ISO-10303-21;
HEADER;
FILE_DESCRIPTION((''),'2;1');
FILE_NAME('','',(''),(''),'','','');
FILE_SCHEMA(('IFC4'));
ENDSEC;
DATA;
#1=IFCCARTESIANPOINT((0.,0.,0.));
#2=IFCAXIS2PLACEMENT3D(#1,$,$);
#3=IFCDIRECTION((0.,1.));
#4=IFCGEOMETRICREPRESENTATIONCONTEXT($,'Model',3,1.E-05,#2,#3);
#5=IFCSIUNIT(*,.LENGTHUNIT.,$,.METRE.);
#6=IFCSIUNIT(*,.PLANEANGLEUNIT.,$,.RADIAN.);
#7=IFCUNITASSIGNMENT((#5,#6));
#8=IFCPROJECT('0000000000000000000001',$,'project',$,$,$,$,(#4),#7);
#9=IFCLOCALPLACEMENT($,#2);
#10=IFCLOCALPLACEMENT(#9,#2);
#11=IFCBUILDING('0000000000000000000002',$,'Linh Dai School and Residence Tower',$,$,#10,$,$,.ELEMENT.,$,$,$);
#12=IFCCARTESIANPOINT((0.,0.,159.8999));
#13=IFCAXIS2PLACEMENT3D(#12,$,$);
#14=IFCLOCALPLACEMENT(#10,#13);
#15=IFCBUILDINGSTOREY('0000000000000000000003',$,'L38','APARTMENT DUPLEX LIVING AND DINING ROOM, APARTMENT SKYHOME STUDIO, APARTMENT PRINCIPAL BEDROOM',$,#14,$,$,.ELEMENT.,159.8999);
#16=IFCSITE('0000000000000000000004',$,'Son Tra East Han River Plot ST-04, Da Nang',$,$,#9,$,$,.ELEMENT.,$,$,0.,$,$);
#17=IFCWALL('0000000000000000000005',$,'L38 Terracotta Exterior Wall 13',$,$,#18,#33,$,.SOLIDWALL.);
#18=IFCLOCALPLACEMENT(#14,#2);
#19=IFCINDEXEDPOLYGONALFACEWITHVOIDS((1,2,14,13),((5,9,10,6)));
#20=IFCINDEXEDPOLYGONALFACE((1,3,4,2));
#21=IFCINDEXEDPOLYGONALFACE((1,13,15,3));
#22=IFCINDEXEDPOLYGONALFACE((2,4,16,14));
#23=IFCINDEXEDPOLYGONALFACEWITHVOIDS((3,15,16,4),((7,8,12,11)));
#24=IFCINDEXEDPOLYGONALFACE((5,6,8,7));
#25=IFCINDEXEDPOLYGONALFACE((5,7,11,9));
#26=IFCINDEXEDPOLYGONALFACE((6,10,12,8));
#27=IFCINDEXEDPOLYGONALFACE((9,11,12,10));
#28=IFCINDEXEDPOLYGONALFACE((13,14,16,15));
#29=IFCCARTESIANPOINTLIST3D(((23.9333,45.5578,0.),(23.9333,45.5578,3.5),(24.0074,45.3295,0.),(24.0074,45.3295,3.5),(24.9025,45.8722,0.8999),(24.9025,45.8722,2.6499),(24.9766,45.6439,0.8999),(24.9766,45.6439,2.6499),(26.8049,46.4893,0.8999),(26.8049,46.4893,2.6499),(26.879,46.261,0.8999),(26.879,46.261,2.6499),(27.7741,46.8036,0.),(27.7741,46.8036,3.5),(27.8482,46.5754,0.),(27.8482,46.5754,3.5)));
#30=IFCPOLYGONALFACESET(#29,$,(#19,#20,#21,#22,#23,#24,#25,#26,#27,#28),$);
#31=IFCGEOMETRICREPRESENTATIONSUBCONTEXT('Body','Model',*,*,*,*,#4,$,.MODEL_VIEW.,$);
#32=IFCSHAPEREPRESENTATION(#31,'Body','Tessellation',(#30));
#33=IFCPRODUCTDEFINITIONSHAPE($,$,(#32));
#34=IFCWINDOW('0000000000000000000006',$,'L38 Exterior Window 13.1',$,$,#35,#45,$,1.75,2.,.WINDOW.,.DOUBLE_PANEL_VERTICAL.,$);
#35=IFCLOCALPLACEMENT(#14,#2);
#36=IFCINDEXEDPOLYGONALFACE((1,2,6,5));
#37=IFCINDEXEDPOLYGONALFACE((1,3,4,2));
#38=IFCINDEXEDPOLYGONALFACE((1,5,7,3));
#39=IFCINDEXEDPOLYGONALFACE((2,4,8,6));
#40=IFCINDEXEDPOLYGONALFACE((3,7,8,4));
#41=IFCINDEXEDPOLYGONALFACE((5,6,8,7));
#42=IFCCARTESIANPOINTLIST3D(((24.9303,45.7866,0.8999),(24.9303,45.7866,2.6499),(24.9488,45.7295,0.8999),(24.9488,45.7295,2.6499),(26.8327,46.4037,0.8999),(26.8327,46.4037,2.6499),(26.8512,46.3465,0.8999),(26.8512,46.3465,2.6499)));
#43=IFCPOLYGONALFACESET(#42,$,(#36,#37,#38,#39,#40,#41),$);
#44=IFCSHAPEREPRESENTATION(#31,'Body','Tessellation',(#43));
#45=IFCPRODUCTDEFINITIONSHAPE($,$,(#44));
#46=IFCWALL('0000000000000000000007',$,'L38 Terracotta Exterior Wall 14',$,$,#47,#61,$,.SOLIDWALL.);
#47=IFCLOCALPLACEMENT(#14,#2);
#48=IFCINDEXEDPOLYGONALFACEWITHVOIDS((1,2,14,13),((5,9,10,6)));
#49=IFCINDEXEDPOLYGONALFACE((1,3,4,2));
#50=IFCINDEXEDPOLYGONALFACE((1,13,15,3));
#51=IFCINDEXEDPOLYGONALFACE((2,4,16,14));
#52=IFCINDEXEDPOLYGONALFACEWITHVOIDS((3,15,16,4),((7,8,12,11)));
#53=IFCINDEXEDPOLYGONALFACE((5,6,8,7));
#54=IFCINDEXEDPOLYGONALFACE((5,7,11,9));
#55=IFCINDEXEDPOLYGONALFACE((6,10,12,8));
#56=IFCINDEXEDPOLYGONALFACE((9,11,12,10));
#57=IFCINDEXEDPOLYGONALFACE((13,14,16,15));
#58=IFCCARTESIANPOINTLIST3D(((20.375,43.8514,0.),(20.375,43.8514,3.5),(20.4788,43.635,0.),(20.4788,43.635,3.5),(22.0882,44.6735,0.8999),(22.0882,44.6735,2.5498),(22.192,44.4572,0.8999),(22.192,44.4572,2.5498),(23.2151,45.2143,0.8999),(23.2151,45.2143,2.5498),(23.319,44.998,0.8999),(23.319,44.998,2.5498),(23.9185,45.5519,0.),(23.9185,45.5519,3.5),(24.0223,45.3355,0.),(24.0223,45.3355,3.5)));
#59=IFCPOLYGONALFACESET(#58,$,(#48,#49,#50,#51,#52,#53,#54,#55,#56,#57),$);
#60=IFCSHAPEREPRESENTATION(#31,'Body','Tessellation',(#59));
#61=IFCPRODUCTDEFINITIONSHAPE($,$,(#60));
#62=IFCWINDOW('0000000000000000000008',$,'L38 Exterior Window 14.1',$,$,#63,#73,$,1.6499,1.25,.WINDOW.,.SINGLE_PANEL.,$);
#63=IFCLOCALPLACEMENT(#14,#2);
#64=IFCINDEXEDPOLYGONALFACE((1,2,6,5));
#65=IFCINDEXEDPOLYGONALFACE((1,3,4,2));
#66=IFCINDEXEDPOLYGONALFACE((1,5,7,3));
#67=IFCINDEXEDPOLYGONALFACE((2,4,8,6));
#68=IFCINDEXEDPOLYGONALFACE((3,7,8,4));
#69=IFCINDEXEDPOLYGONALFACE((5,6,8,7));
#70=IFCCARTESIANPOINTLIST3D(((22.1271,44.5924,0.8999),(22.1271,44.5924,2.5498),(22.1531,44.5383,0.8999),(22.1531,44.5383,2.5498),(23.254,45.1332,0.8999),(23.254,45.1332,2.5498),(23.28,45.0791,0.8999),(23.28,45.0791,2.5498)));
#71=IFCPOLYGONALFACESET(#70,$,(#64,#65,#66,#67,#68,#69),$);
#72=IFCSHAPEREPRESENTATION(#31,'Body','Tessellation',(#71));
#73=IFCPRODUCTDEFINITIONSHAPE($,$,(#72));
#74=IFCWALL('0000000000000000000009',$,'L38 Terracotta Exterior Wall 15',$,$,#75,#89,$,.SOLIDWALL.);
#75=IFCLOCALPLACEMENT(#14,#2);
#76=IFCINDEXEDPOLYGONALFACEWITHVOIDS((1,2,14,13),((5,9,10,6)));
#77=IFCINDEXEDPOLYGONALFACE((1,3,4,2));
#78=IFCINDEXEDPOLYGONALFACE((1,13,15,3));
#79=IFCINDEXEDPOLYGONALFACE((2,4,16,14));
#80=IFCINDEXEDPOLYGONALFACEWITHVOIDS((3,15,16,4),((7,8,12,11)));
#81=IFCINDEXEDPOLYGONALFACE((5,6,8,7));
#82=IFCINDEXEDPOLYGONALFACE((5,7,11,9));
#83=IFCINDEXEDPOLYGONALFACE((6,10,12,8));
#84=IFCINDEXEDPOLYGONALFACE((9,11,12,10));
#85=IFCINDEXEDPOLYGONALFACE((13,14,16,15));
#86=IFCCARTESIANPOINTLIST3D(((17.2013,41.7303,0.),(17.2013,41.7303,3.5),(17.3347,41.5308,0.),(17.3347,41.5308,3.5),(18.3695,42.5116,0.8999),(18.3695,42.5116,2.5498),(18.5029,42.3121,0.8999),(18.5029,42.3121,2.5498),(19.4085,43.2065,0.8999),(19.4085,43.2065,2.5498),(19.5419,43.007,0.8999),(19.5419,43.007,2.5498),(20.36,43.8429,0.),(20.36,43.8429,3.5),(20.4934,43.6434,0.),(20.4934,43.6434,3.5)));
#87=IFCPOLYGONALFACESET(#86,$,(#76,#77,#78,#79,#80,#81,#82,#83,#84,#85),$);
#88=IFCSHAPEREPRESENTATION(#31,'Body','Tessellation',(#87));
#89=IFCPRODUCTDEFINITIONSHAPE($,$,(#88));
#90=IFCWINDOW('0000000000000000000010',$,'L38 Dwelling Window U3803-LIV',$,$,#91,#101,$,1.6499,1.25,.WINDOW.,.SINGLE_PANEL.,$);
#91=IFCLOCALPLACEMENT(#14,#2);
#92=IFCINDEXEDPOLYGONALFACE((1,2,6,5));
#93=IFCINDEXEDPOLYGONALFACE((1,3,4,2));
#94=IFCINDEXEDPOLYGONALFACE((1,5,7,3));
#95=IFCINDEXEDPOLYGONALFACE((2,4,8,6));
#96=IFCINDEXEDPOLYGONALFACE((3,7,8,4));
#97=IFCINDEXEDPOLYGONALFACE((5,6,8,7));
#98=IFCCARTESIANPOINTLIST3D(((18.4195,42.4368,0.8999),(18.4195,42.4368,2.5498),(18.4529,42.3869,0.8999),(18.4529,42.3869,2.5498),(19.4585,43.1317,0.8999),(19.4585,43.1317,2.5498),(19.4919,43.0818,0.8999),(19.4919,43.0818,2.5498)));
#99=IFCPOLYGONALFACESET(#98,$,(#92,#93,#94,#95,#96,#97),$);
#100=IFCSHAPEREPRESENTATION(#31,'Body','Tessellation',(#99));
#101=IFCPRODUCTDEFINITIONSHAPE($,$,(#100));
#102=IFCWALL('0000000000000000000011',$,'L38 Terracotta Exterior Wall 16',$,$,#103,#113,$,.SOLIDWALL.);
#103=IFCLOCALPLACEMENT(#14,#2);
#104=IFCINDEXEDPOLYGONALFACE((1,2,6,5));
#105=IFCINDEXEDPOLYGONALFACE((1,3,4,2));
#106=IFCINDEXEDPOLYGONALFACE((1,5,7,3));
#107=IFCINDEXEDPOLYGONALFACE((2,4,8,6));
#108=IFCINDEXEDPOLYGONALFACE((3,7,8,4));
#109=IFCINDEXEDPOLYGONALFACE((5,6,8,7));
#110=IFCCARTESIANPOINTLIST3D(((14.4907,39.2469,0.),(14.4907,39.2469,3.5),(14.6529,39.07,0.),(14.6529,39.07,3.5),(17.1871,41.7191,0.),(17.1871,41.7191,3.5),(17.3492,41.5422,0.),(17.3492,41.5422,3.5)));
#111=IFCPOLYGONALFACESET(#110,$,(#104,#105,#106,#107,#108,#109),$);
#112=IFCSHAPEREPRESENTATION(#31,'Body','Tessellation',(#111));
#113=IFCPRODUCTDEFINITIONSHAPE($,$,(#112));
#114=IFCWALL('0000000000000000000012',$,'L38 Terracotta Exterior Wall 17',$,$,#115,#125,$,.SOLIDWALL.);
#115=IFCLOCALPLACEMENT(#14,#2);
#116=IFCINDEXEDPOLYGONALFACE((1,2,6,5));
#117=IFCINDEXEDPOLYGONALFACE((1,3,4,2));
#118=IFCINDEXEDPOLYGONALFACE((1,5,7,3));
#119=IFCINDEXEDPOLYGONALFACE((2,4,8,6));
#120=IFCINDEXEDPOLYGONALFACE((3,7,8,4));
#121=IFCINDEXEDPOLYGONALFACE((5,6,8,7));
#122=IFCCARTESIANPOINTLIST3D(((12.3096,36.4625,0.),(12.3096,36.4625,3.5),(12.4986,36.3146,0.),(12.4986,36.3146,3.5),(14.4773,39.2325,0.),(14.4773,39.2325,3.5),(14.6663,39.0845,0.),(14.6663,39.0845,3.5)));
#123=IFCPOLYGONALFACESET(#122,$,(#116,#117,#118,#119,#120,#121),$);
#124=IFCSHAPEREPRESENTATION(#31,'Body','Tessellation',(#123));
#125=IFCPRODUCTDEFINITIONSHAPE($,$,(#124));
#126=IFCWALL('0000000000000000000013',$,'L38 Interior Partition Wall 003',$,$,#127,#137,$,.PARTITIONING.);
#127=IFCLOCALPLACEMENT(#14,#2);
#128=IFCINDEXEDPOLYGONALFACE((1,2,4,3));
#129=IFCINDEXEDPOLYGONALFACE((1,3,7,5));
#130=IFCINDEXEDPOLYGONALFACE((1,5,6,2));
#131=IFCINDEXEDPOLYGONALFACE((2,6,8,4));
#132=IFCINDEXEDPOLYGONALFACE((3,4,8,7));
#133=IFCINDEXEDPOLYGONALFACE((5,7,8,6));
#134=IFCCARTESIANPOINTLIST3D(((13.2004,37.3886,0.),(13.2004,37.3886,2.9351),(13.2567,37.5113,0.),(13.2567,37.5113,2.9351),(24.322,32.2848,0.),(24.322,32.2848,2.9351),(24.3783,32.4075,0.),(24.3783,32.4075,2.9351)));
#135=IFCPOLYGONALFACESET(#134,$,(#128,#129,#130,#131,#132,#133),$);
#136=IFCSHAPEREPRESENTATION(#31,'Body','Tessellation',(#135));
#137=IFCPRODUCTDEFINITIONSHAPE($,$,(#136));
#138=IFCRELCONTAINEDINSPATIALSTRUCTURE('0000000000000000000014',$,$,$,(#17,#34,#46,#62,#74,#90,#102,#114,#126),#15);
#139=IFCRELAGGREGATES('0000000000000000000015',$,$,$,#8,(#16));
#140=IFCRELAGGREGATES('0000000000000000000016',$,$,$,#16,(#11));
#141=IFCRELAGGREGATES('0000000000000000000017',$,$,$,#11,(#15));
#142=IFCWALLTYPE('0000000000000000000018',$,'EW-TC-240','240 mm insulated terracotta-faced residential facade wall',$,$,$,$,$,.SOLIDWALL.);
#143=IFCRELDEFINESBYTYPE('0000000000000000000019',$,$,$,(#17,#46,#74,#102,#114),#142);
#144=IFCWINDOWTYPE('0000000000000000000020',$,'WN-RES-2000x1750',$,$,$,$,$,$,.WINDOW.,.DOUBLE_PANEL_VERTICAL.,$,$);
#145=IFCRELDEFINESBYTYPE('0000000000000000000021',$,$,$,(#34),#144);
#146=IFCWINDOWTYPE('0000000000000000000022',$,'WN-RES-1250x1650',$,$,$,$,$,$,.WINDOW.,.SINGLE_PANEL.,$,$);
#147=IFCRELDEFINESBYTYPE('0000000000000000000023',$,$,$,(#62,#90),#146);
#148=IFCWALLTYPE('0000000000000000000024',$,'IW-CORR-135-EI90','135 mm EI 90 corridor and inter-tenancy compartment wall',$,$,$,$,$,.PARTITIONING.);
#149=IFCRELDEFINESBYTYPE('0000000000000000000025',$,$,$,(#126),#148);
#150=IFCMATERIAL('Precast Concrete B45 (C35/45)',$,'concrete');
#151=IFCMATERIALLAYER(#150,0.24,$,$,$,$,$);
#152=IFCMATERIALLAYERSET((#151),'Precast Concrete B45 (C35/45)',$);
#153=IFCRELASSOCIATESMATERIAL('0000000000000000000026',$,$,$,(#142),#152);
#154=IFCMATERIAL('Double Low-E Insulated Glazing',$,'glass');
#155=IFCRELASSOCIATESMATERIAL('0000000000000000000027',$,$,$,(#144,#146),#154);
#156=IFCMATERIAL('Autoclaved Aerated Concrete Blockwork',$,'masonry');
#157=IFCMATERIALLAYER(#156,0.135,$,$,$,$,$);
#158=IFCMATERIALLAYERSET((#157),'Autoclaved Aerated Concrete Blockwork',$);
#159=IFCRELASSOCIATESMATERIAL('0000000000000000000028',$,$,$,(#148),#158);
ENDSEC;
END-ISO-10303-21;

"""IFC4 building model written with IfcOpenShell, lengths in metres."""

from ifc_helpers import new_model, si_unit, direction, frame, frame_2d, origin, origin_2d, place, context, subcontext, project, spatial, rectangle, extrude, source, transform, mapped, material, layer, layer_set, type_object, element, fill, save


model = new_model("IFC4")

# Units and contexts
model_context = context("Model", 3, precision=1e-05, world=origin(), true_north=direction((0.0, 1.0)))
body_context = subcontext(model_context, "Body", "Model", "MODEL_VIEW")
ifc_project = project(units=[si_unit("LENGTHUNIT", "METRE"), si_unit("PLANEANGLEUNIT", "RADIAN")], contexts=[model_context])

# Site, building, storey
site_placement = place(None, origin())
site = spatial("IfcSite", under=ifc_project, at=site_placement, Name="Son Tra East Han River Plot ST-04, Da Nang", CompositionType="ELEMENT", RefElevation=0.0)
building_placement = place(site_placement, origin())
building = spatial("IfcBuilding", under=site, at=building_placement, Name="Linh Dai School and Residence Tower", CompositionType="ELEMENT")
storey_placement = place(building_placement, frame((0.0, 0.0, 159.8999)))
storey = spatial("IfcBuildingStorey", under=building, at=storey_placement, Name="L38", Description="APARTMENT DUPLEX LIVING AND DINING ROOM, APARTMENT SKYHOME STUDIO, APARTMENT PRINCIPAL BEDROOM", CompositionType="ELEMENT", Elevation=159.8999)

# Shared definitions
ifc_material_1 = material(Name="Precast Concrete B45 (C35/45)", Category="concrete")

# Walls, openings, windows
ifc_layer_1 = layer(ifc_material_1, 0.24)
ifc_layer_set_1 = layer_set([ifc_layer_1], Name="Precast Concrete B45 (C35/45)")
wall_type_1 = type_object("IfcWallType", Name="EW-TC-240", Description="240 mm insulated terracotta-faced residential facade wall", PredefinedType="SOLIDWALL", material=ifc_layer_set_1)
wall_1_placement = place(storey_placement, frame((23.9702, 45.4436, 0.0), z_axis=(0.0, 0.0, 1.0), x_axis=(0.95121, 0.308545, 0.0)))
wall_1 = element("IfcWall", 1, at=wall_1_placement, inside=storey, type_object=wall_type_1, Name="L38 Terracotta Exterior Wall 13", PredefinedType="SOLIDWALL", context=body_context, shape_type="SweptSolid", body=[
    extrude(rectangle(XDim=4.0378, YDim=0.24, at=frame_2d((2.019, 0.0))), origin(), (0.0, 0.0, 1.0), 3.5),
])
opening_1_placement = place(wall_1_placement, frame((1.019, 0.0, 0.8999)))
opening_1 = element("IfcOpeningElement", 2, at=opening_1_placement, cuts=wall_1, PredefinedType="OPENING", context=body_context, shape_type="SweptSolid", body=[
    extrude(rectangle(XDim=2.0, YDim=1.75, at=origin_2d()), frame((1.0, 0.1299, 0.875), z_axis=(0.0, -1.0, 0.0), x_axis=(1.0, 0.0, 0.0)), (0.0, 0.0, 1.0), 0.26),
])
ifc_material_2 = material(Name="Double Low-E Insulated Glazing", Category="glass")
window_type_1 = type_object("IfcWindowType", Name="WN-RES-2000x1750", PartitioningType="DOUBLE_PANEL_VERTICAL", PredefinedType="WINDOW", material=ifc_material_2)
shared_shape_1 = source(origin(), body_context, "Body", "SweptSolid", [
    extrude(rectangle(XDim=2.0, YDim=1.75, at=origin_2d()), frame((1.0, 0.03, 0.875), z_axis=(0.0, -1.0, 0.0), x_axis=(1.0, 0.0, 0.0)), (0.0, 0.0, 1.0), 0.0601),
])
window_1_placement = place(opening_1_placement, origin())
window_1 = element("IfcWindow", 3, at=window_1_placement, inside=storey, type_object=window_type_1, Name="L38 Exterior Window 13.1", OverallHeight=1.75, OverallWidth=2.0, PartitioningType="DOUBLE_PANEL_VERTICAL", PredefinedType="WINDOW", context=body_context, shape_type="MappedRepresentation", body=[
    mapped(shared_shape_1, transform((0.0, 0.0, 0.0), x_axis=(1.0, 0.0, 0.0), y_axis=(0.0, 1.0, 0.0), z_axis=(0.0, 0.0, 1.0), scale=1.0)),
])
fill(opening_1, window_1)
wall_2_placement = place(storey_placement, frame((20.4268, 43.7432, 0.0), z_axis=(0.0, 0.0, 1.0), x_axis=(0.901565, 0.432644, 0.0)))
wall_2 = element("IfcWall", 4, at=wall_2_placement, inside=storey, type_object=wall_type_1, Name="L38 Terracotta Exterior Wall 14", PredefinedType="SOLIDWALL", context=body_context, shape_type="SweptSolid", body=[
    extrude(rectangle(XDim=3.9304, YDim=0.24, at=frame_2d((1.9653, 0.0))), origin(), (0.0, 0.0, 1.0), 3.5),
])
opening_2_placement = place(wall_2_placement, frame((1.9004, 0.0, 0.8999)))
opening_2 = element("IfcOpeningElement", 5, at=opening_2_placement, cuts=wall_2, PredefinedType="OPENING", context=body_context, shape_type="SweptSolid", body=[
    extrude(rectangle(XDim=1.25, YDim=1.6499, at=origin_2d()), frame((0.625, 0.1299, 0.825), z_axis=(0.0, -1.0, 0.0), x_axis=(1.0, 0.0, 0.0)), (0.0, 0.0, 1.0), 0.26),
])
window_type_2 = type_object("IfcWindowType", Name="WN-RES-1250x1650", PartitioningType="SINGLE_PANEL", PredefinedType="WINDOW", material=ifc_material_2)
shared_shape_2 = source(origin(), body_context, "Body", "SweptSolid", [
    extrude(rectangle(XDim=1.25, YDim=1.6499, at=origin_2d()), frame((0.625, 0.03, 0.825), z_axis=(0.0, -1.0, 0.0), x_axis=(1.0, 0.0, 0.0)), (0.0, 0.0, 1.0), 0.0601),
])
window_2_placement = place(opening_2_placement, origin())
window_2 = element("IfcWindow", 6, at=window_2_placement, inside=storey, type_object=window_type_2, Name="L38 Exterior Window 14.1", OverallHeight=1.6499, OverallWidth=1.25, PartitioningType="SINGLE_PANEL", PredefinedType="WINDOW", context=body_context, shape_type="MappedRepresentation", body=[
    mapped(shared_shape_2, transform((0.0, 0.0, 0.0), x_axis=(1.0, 0.0, 0.0), y_axis=(0.0, 1.0, 0.0), z_axis=(0.0, 0.0, 1.0), scale=1.0)),
])
fill(opening_2, window_2)
wall_3_placement = place(storey_placement, frame((17.2681, 41.6306, 0.0), z_axis=(0.0, 0.0, 1.0), x_axis=(0.831229, 0.55593, 0.0)))
wall_3 = element("IfcWall", 7, at=wall_3_placement, inside=storey, type_object=wall_type_1, Name="L38 Terracotta Exterior Wall 15", PredefinedType="SOLIDWALL", context=body_context, shape_type="SweptSolid", body=[
    extrude(rectangle(XDim=3.8, YDim=0.24, at=frame_2d((1.8999, 0.0))), origin(), (0.0, 0.0, 1.0), 3.5),
])
opening_3_placement = place(wall_3_placement, frame((1.4053, 0.0, 0.8999)))
opening_3 = element("IfcOpeningElement", 8, at=opening_3_placement, cuts=wall_3, PredefinedType="OPENING", context=body_context, shape_type="SweptSolid", body=[
    extrude(rectangle(XDim=1.25, YDim=1.6499, at=origin_2d()), frame((0.625, 0.1299, 0.825), z_axis=(0.0, -1.0, 0.0), x_axis=(1.0, 0.0, 0.0)), (0.0, 0.0, 1.0), 0.26),
])
window_3_placement = place(opening_3_placement, origin())
window_3 = element("IfcWindow", 9, at=window_3_placement, inside=storey, type_object=window_type_2, Name="L38 Dwelling Window U3803-LIV", OverallHeight=1.6499, OverallWidth=1.25, PartitioningType="SINGLE_PANEL", PredefinedType="WINDOW", context=body_context, shape_type="MappedRepresentation", body=[
    mapped(shared_shape_2, transform((0.0, 0.0, 0.0), x_axis=(1.0, 0.0, 0.0), y_axis=(0.0, 1.0, 0.0), z_axis=(0.0, 0.0, 1.0), scale=1.0)),
])
fill(opening_3, window_3)

# Walls
wall_4_placement = place(storey_placement, frame((14.5718, 39.1584, 0.0), z_axis=(0.0, 0.0, 1.0), x_axis=(0.737077, 0.675809, 0.0)))
element("IfcWall", 10, at=wall_4_placement, inside=storey, type_object=wall_type_1, Name="L38 Terracotta Exterior Wall 16", PredefinedType="SOLIDWALL", context=body_context, shape_type="SweptSolid", body=[
    extrude(rectangle(XDim=3.6582, YDim=0.24, at=frame_2d((1.8291, 0.0))), origin(), (0.0, 0.0, 1.0), 3.5),
])
wall_5_placement = place(storey_placement, frame((12.4041, 36.3884, 0.0), z_axis=(0.0, 0.0, 1.0), x_axis=(0.616288, 0.787521, 0.0)))
element("IfcWall", 11, at=wall_5_placement, inside=storey, type_object=wall_type_1, Name="L38 Terracotta Exterior Wall 17", PredefinedType="SOLIDWALL", context=body_context, shape_type="SweptSolid", body=[
    extrude(rectangle(XDim=3.5173, YDim=0.24, at=frame_2d((1.7588, 0.0))), origin(), (0.0, 0.0, 1.0), 3.5),
])
ifc_material_3 = material(Name="Autoclaved Aerated Concrete Blockwork", Category="masonry")
ifc_layer_2 = layer(ifc_material_3, 0.135)
ifc_layer_set_2 = layer_set([ifc_layer_2], Name="Autoclaved Aerated Concrete Blockwork")
wall_type_2 = type_object("IfcWallType", Name="IW-CORR-135-EI90", Description="135 mm EI 90 corridor and inter-tenancy compartment wall", PredefinedType="PARTITIONING", material=ifc_layer_set_2)
wall_6_placement = place(storey_placement, frame((13.2285, 37.45, 0.0), z_axis=(0.0, 0.0, 1.0), x_axis=(0.908868, -0.417085, 0.0)))
element("IfcWall", 12, at=wall_6_placement, inside=storey, type_object=wall_type_2, Name="L38 Interior Partition Wall 003", PredefinedType="PARTITIONING", context=body_context, shape_type="SweptSolid", body=[
    extrude(rectangle(XDim=12.2368, YDim=0.135, at=frame_2d((6.1184, 0.0))), origin(), (0.0, 0.0, 1.0), 2.9351),
])

save(model, "model.ifc")
